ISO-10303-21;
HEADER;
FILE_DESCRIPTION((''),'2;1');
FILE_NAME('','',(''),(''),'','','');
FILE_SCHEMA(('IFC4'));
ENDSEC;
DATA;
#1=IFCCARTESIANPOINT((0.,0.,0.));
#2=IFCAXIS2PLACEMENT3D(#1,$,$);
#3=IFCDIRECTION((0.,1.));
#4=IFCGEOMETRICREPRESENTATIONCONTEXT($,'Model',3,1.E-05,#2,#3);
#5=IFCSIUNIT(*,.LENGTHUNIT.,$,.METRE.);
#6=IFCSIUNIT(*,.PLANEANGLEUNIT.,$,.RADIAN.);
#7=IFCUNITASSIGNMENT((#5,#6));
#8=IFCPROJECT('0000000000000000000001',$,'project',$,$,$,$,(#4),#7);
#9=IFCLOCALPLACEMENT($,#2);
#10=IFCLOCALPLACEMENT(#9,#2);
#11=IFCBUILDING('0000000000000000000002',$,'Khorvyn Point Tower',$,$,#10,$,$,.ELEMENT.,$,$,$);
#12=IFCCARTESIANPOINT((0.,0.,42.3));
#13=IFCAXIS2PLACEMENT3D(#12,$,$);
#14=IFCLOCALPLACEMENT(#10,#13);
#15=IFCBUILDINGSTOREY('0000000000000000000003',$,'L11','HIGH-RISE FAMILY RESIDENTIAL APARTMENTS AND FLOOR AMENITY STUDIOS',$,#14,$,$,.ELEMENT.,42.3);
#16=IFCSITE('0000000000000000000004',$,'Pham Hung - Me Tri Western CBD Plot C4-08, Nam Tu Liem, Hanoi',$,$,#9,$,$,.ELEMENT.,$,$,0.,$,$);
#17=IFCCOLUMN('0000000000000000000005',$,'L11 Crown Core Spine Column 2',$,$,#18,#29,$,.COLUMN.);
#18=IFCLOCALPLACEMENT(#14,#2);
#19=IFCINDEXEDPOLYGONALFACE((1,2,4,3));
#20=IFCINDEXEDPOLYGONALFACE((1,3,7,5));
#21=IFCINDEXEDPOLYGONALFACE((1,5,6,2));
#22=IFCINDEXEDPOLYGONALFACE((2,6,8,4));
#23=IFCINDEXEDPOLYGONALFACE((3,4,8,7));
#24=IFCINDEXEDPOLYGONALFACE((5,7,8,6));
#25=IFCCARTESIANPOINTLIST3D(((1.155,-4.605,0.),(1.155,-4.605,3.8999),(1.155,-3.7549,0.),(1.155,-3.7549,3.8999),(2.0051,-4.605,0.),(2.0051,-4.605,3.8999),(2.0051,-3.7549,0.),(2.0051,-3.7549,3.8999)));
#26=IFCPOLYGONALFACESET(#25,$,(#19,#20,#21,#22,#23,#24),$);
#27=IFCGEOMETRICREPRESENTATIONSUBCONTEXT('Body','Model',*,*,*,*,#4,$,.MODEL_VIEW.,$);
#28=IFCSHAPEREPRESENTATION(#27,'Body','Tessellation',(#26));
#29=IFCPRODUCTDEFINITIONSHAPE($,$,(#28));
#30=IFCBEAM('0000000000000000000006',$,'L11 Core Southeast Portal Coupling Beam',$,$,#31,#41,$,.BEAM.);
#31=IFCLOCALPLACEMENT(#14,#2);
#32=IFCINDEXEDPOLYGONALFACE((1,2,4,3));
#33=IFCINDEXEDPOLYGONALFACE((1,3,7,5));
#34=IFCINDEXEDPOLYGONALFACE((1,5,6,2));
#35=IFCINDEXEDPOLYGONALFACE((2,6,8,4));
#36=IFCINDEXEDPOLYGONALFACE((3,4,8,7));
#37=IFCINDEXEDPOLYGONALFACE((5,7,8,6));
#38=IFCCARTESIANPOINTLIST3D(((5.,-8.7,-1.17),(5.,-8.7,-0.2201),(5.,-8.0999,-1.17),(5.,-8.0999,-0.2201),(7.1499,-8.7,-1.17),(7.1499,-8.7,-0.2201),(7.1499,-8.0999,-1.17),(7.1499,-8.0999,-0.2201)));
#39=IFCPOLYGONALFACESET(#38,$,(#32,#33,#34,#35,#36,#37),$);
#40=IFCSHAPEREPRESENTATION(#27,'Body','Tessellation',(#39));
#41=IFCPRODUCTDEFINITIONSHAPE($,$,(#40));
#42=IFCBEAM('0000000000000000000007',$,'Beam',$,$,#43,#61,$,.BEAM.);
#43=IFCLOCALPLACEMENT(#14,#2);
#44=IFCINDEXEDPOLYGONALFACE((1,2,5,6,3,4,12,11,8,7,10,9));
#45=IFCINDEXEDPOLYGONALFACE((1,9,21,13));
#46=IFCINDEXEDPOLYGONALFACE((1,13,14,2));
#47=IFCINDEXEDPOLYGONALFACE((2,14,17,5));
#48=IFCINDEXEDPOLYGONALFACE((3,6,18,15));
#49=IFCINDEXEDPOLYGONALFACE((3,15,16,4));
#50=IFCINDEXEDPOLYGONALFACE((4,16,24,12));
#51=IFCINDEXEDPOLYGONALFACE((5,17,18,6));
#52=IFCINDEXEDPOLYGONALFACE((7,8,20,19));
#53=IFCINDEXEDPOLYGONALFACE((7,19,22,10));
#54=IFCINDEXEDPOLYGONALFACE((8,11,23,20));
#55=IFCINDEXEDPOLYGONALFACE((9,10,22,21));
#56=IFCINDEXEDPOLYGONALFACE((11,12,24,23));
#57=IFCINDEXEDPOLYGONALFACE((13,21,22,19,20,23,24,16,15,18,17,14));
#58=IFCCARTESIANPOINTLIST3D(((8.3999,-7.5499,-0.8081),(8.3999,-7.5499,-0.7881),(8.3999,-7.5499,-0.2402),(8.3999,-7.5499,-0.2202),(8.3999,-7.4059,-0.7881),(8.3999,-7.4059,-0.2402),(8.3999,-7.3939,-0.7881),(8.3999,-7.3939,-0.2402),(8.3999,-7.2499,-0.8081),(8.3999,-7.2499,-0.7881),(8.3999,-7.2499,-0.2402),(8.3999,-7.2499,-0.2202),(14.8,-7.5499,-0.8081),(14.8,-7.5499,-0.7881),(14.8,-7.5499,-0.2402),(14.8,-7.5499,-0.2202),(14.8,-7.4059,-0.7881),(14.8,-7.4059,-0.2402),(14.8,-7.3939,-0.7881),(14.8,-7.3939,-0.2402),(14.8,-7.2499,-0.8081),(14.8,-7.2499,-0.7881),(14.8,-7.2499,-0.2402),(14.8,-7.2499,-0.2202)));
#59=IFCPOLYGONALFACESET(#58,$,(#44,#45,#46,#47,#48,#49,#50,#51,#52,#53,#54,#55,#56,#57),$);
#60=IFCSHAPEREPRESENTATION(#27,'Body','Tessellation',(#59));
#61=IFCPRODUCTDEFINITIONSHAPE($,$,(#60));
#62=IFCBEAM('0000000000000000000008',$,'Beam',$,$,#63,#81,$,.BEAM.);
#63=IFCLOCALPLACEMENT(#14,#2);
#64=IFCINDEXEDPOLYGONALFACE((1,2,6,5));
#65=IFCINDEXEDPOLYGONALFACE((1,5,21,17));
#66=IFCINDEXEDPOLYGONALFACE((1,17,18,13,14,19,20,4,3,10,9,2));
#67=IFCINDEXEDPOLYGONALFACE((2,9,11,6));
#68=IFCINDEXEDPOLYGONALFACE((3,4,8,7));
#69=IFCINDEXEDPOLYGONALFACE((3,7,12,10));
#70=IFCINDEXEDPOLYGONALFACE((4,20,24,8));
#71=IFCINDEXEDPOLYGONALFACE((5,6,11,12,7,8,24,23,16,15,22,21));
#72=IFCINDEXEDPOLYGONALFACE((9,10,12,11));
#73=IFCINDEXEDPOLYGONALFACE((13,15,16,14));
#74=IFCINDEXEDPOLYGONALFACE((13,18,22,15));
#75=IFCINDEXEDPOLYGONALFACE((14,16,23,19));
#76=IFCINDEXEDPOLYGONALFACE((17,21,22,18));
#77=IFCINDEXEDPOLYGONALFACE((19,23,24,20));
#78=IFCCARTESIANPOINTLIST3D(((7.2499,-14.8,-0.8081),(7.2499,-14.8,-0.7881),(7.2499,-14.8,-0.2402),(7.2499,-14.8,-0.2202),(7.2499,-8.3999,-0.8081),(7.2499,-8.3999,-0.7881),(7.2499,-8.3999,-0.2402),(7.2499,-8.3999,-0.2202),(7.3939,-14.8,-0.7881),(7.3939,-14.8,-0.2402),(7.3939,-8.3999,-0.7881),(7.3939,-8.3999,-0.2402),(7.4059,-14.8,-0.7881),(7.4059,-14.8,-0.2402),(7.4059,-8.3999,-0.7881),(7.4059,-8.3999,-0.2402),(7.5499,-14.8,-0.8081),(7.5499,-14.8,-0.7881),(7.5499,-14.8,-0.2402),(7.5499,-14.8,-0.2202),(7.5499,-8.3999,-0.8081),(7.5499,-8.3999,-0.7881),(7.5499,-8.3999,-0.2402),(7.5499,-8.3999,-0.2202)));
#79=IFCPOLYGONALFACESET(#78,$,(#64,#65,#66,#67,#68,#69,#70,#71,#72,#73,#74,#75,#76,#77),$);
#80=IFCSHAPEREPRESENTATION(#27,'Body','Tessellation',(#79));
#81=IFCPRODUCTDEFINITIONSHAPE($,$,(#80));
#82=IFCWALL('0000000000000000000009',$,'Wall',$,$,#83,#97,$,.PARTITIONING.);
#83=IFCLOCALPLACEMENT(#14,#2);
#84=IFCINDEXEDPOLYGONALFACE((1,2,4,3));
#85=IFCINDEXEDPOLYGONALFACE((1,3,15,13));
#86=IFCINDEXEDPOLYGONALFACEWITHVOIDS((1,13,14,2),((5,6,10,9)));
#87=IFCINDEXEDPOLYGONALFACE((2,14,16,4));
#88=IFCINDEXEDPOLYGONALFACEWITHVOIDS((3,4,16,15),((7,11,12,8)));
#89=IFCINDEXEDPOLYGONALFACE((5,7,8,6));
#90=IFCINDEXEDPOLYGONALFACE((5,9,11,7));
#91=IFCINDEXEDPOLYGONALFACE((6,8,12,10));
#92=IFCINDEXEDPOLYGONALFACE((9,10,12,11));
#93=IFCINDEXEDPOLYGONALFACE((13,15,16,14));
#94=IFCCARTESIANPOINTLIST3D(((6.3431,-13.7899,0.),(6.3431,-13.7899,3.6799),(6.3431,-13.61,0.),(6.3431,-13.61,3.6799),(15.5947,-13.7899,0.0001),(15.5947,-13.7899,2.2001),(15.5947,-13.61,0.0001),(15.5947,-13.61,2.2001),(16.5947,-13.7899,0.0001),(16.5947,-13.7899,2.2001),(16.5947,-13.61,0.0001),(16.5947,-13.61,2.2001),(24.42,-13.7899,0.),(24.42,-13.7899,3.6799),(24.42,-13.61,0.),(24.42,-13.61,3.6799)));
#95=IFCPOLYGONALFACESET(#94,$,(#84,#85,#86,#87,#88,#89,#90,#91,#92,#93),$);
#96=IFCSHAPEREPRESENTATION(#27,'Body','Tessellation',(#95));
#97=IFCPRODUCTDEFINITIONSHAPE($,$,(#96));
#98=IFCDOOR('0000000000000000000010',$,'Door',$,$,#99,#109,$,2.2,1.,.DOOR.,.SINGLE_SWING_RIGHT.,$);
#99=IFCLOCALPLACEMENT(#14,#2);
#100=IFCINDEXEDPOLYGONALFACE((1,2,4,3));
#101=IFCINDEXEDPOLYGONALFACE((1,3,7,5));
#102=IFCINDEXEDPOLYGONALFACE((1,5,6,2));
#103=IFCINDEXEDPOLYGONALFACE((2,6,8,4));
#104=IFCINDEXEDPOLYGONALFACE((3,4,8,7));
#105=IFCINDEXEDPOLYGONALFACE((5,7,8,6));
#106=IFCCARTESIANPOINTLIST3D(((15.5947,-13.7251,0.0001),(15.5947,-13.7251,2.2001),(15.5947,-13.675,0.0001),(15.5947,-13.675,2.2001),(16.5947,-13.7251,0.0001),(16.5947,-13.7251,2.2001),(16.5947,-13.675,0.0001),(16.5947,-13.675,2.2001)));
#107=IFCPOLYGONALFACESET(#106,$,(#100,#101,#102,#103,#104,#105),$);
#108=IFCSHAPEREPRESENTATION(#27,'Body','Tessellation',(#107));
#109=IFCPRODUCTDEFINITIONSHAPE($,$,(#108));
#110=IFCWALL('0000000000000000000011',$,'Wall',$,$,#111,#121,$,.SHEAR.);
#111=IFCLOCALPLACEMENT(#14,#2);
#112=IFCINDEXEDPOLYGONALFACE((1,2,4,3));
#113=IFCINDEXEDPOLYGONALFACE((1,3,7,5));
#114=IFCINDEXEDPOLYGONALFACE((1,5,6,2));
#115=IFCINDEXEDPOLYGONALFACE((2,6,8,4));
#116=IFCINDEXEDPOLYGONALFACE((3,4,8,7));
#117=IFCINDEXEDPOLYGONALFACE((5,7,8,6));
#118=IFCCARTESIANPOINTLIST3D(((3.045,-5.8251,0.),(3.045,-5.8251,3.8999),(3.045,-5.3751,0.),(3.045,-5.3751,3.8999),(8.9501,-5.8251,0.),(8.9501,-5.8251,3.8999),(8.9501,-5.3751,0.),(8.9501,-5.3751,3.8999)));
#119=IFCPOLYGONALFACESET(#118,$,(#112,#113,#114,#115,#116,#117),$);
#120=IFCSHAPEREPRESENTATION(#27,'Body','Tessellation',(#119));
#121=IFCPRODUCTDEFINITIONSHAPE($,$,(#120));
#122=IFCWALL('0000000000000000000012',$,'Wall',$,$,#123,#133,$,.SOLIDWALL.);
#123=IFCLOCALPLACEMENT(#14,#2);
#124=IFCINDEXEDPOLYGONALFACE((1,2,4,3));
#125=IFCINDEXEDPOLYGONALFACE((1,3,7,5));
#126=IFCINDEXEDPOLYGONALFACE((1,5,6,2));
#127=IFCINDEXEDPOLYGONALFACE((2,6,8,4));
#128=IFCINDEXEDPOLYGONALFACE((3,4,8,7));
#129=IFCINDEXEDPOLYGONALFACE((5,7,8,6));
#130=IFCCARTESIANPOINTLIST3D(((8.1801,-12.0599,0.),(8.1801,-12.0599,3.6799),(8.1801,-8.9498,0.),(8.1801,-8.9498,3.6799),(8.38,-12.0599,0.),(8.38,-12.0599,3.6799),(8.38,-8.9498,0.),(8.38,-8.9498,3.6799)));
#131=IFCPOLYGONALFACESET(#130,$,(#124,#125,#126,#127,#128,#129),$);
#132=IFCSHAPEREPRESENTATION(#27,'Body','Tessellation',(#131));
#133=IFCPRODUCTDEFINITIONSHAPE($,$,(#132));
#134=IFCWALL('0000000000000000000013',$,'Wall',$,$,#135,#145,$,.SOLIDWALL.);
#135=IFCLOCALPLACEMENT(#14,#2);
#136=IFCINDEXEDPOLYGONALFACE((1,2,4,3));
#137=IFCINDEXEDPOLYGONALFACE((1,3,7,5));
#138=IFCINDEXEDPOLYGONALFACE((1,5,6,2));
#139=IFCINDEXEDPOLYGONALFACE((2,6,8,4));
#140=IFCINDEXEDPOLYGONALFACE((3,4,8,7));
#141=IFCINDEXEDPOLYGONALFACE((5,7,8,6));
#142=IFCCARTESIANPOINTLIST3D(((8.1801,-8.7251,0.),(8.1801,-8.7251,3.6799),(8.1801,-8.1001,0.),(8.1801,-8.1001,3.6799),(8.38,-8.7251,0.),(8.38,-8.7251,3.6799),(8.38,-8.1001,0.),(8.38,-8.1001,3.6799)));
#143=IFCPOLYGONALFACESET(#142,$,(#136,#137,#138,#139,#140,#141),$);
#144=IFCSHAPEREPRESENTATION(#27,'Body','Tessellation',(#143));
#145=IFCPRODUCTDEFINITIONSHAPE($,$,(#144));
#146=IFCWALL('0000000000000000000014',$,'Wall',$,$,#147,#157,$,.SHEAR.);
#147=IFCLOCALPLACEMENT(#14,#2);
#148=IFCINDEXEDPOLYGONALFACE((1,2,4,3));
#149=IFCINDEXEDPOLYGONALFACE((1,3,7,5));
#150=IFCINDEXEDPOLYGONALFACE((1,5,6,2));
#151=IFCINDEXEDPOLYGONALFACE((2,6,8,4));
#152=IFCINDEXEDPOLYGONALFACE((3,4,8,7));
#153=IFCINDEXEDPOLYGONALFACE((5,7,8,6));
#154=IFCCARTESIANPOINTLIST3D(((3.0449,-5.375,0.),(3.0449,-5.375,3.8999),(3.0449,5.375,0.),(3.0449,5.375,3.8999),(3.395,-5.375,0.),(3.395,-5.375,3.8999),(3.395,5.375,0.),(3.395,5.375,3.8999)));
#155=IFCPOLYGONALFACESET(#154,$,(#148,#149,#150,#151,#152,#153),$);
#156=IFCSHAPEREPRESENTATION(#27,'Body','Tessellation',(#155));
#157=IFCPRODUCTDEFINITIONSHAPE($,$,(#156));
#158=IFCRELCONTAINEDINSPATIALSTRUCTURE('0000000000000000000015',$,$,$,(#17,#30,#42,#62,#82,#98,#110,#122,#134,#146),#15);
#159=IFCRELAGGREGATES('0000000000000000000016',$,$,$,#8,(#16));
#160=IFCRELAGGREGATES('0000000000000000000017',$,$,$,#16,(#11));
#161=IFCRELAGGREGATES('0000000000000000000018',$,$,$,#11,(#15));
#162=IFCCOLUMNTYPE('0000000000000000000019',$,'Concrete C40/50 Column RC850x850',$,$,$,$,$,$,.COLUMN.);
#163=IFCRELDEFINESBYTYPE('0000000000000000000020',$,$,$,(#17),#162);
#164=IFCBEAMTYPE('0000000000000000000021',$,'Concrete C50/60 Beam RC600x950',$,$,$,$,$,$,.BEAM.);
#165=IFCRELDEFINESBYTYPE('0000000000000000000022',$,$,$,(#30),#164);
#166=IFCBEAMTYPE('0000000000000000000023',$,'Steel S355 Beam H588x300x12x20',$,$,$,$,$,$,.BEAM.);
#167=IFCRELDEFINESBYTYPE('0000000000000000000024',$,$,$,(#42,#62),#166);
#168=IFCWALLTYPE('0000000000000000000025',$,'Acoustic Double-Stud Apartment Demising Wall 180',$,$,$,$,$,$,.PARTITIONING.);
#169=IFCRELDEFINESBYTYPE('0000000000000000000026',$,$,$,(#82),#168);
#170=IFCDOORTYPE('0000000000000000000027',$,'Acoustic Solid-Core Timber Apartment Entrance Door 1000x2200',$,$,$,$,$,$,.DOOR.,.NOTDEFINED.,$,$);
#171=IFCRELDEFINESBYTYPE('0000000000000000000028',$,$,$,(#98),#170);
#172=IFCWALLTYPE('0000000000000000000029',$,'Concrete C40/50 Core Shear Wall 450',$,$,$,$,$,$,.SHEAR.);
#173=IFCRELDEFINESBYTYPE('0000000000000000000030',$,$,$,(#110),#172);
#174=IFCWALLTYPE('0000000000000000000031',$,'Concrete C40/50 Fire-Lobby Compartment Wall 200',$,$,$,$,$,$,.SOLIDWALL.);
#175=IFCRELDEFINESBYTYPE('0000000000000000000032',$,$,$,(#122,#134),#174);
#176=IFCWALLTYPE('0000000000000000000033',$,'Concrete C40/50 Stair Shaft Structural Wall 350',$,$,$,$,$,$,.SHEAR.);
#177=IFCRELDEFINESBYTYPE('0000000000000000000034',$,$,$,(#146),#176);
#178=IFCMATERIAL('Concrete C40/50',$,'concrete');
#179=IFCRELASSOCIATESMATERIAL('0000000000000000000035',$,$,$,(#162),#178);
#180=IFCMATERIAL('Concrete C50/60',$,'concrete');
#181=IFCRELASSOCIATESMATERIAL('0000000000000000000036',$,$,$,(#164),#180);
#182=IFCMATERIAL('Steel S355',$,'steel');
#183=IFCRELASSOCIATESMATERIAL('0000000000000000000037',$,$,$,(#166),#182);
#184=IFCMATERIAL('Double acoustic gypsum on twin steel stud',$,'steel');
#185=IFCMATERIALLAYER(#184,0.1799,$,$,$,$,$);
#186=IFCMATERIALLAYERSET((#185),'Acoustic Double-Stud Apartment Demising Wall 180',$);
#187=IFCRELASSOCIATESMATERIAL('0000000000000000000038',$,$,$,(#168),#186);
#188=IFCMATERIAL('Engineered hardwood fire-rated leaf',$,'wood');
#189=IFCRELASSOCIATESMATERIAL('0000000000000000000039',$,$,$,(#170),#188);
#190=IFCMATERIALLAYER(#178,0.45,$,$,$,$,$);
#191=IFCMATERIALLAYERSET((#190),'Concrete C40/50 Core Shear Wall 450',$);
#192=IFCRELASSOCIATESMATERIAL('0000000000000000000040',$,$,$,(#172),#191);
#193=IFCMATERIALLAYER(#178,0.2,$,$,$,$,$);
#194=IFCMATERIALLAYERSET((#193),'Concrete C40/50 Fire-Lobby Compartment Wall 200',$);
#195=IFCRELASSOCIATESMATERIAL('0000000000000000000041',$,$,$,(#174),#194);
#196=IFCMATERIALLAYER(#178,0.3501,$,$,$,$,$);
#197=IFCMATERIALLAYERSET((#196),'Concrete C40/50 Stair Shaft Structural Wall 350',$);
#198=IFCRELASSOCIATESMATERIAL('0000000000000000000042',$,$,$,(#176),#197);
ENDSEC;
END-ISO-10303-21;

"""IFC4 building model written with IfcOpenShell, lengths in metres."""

from ifc_helpers import new_model, si_unit, direction, frame, frame_2d, origin, origin_2d, place, context, subcontext, project, spatial, rectangle, i_section, extrude, material, layer, layer_set, material_profile, profile_set, type_object, element, fill, save


model = new_model("IFC4")

# Units and contexts
model_context = context("Model", 3, precision=1e-05, world=origin(), true_north=direction((0.0, 1.0)))
body_context = subcontext(model_context, "Body", "Model", "MODEL_VIEW")
ifc_project = project(units=[si_unit("LENGTHUNIT", "METRE"), si_unit("PLANEANGLEUNIT", "RADIAN")], contexts=[model_context])

# Site, building, storey
site_placement = place(None, origin())
site = spatial("IfcSite", under=ifc_project, at=site_placement, Name="Pham Hung - Me Tri Western CBD Plot C4-08, Nam Tu Liem, Hanoi", CompositionType="ELEMENT", RefElevation=0.0)
building_placement = place(site_placement, origin())
building = spatial("IfcBuilding", under=site, at=building_placement, Name="Khorvyn Point Tower", CompositionType="ELEMENT")
storey_placement = place(building_placement, frame((0.0, 0.0, 42.3)))
storey = spatial("IfcBuildingStorey", under=building, at=storey_placement, Name="L11", Description="HIGH-RISE FAMILY RESIDENTIAL APARTMENTS AND FLOOR AMENITY STUDIOS", CompositionType="ELEMENT", Elevation=42.3)

# Column
ifc_material_1 = material(Name="Concrete C40/50", Category="concrete")
ifc_material_profile_1 = material_profile(ifc_material_1, rectangle(XDim=0.8501, YDim=0.8501, at=origin_2d()))
ifc_profile_set_1 = profile_set([ifc_material_profile_1], Name="Concrete C40/50 RC850x850")
column_type = type_object("IfcColumnType", Name="Concrete C40/50 Column RC850x850", PredefinedType="COLUMN", material=ifc_profile_set_1)
column_placement = place(storey_placement, frame((1.5801, -4.1799, 0.0), z_axis=(0.0, 0.0, 1.0), x_axis=(1.0, 0.0, 0.0)))
element("IfcColumn", 1, at=column_placement, inside=storey, type_object=column_type, Name="L11 Crown Core Spine Column 2", PredefinedType="COLUMN", context=body_context, shape_type="SweptSolid", body=[
    extrude(rectangle(XDim=0.8501, YDim=0.8501, at=origin_2d()), origin(), (0.0, 0.0, 1.0), 3.8999),
])

# Beams
ifc_material_2 = material(Name="Concrete C50/60", Category="concrete")
ifc_material_profile_2 = material_profile(ifc_material_2, rectangle(XDim=0.6001, YDim=0.95, at=origin_2d()))
ifc_profile_set_2 = profile_set([ifc_material_profile_2], Name="Concrete C50/60 RC600x950")
beam_type_1 = type_object("IfcBeamType", Name="Concrete C50/60 Beam RC600x950", PredefinedType="BEAM", material=ifc_profile_set_2)
beam_placement = place(storey_placement, frame((5.0, -8.3999, -0.6951), z_axis=(1.0, 0.0, 0.0), x_axis=(0.0, 1.0, 0.0)))
element("IfcBeam", 2, at=beam_placement, inside=storey, type_object=beam_type_1, Name="L11 Core Southeast Portal Coupling Beam", PredefinedType="BEAM", context=body_context, shape_type="SweptSolid", body=[
    extrude(rectangle(XDim=0.6001, YDim=0.95, at=origin_2d()), origin(), (0.0, 0.0, 1.0), 2.1499),
])
ifc_material_3 = material(Name="Steel S355", Category="steel")
ifc_material_profile_3 = material_profile(ifc_material_3, i_section(OverallWidth=0.3, OverallDepth=0.5879, WebThickness=0.012, FlangeThickness=0.02, at=origin_2d()))
ifc_profile_set_3 = profile_set([ifc_material_profile_3], Name="Steel S355 H588x300x12x20")
beam_type_2 = type_object("IfcBeamType", Name="Steel S355 Beam H588x300x12x20", PredefinedType="BEAM", material=ifc_profile_set_3)
for number, where, z_axis, x_axis, name in (
    (3, (8.3999, -7.3999, -0.5142), (1.0, 0.0, 0.0), (0.0, 1.0, 0.0), "Beam"),
    (4, (7.3999, -14.8, -0.5142), (0.0, 1.0, 0.0), (-1.0, 0.0, 0.0), "Beam"),
):
    element("IfcBeam", number, at=place(storey_placement, frame(where, z_axis=z_axis, x_axis=x_axis)), inside=storey, type_object=beam_type_2, Name=name, PredefinedType="BEAM", context=body_context, shape_type="SweptSolid", body=[
        extrude(i_section(OverallWidth=0.3, OverallDepth=0.5879, WebThickness=0.012, FlangeThickness=0.02, at=origin_2d()), origin(), (0.0, 0.0, 1.0), 6.4001),
    ])

# Wall, opening, door
ifc_material_4 = material(Name="Double acoustic gypsum on twin steel stud", Category="steel")
ifc_layer_1 = layer(ifc_material_4, 0.1799)
ifc_layer_set_1 = layer_set([ifc_layer_1], Name="Acoustic Double-Stud Apartment Demising Wall 180")
wall_type_1 = type_object("IfcWallType", Name="Acoustic Double-Stud Apartment Demising Wall 180", PredefinedType="PARTITIONING", material=ifc_layer_set_1)
wall_1_placement = place(storey_placement, frame((6.343, -13.7, 0.0), z_axis=(0.0, 0.0, 1.0), x_axis=(1.0, 0.0, 0.0)))
wall_1 = element("IfcWall", 5, at=wall_1_placement, inside=storey, type_object=wall_type_1, Name="Wall", PredefinedType="PARTITIONING", context=body_context, shape_type="SweptSolid", body=[
    extrude(rectangle(XDim=18.0769, YDim=0.1799, at=frame_2d((9.0386, 0.0))), origin(), (0.0, 0.0, 1.0), 3.6799),
])
opening_1_placement = place(wall_1_placement, frame((9.2517, 0.0, 0.0)))
opening_1 = element("IfcOpeningElement", 6, at=opening_1_placement, cuts=wall_1, PredefinedType="OPENING", context=body_context, shape_type="SweptSolid", body=[
    extrude(rectangle(XDim=1.0, YDim=2.2, at=frame_2d((0.5, 1.1001))), frame((0.0, 0.0999, 0.0), z_axis=(0.0, -1.0, 0.0), x_axis=(1.0, 0.0, 0.0)), (0.0, 0.0, 1.0), 0.2),
])
ifc_material_5 = material(Name="Engineered hardwood fire-rated leaf", Category="wood")
door_type_1 = type_object("IfcDoorType", Name="Acoustic Solid-Core Timber Apartment Entrance Door 1000x2200", OperationType="NOTDEFINED", PredefinedType="DOOR", material=ifc_material_5)
door_1_placement = place(opening_1_placement, origin())
door_1 = element("IfcDoor", 7, at=door_1_placement, inside=storey, type_object=door_type_1, Name="Door", OperationType="SINGLE_SWING_RIGHT", OverallHeight=2.2, OverallWidth=1.0, PredefinedType="DOOR", context=body_context, shape_type="SweptSolid", body=[
    extrude(rectangle(XDim=1.0, YDim=2.2, at=frame_2d((0.5, 1.1001))), frame((0.0, 0.0249, 0.0), z_axis=(0.0, -1.0, 0.0), x_axis=(1.0, 0.0, 0.0)), (0.0, 0.0, 1.0), 0.05),
])
fill(opening_1, door_1)

# Wall
ifc_layer_2 = layer(ifc_material_1, 0.45)
ifc_layer_set_2 = layer_set([ifc_layer_2], Name="Concrete C40/50 Core Shear Wall 450")
wall_type_2 = type_object("IfcWallType", Name="Concrete C40/50 Core Shear Wall 450", PredefinedType="SHEAR", material=ifc_layer_set_2)
wall_2_placement = place(storey_placement, frame((3.0449, -5.6001, 0.0), z_axis=(0.0, 0.0, 1.0), x_axis=(1.0, 0.0, 0.0)))
element("IfcWall", 8, at=wall_2_placement, inside=storey, type_object=wall_type_2, Name="Wall", PredefinedType="SHEAR", context=body_context, shape_type="SweptSolid", body=[
    extrude(rectangle(XDim=5.905, YDim=0.45, at=frame_2d((2.9526, 0.0))), origin(), (0.0, 0.0, 1.0), 3.8999),
])

# Shared definitions
ifc_layer_3 = layer(ifc_material_1, 0.2)
ifc_layer_set_3 = layer_set([ifc_layer_3], Name="Concrete C40/50 Fire-Lobby Compartment Wall 200")
wall_type_3 = type_object("IfcWallType", Name="Concrete C40/50 Fire-Lobby Compartment Wall 200", PredefinedType="SOLIDWALL", material=ifc_layer_set_3)

# Walls
wall_3_placement = place(storey_placement, frame((8.28, -12.0601, 0.0), z_axis=(0.0, 0.0, 1.0), x_axis=(0.0, 1.0, 0.0)))
element("IfcWall", 9, at=wall_3_placement, inside=storey, type_object=wall_type_3, Name="Wall", PredefinedType="SOLIDWALL", context=body_context, shape_type="SweptSolid", body=[
    extrude(rectangle(XDim=3.1101, YDim=0.2, at=frame_2d((1.5552, 0.0))), origin(), (0.0, 0.0, 1.0), 3.6799),
])
wall_4_placement = place(storey_placement, frame((8.28, -8.7251, 0.0), z_axis=(0.0, 0.0, 1.0), x_axis=(0.0, 1.0, 0.0)))
element("IfcWall", 10, at=wall_4_placement, inside=storey, type_object=wall_type_3, Name="Wall", PredefinedType="SOLIDWALL", context=body_context, shape_type="SweptSolid", body=[
    extrude(rectangle(XDim=0.625, YDim=0.2, at=frame_2d((0.3125, 0.0))), origin(), (0.0, 0.0, 1.0), 3.6799),
])
ifc_layer_4 = layer(ifc_material_1, 0.3501)
ifc_layer_set_4 = layer_set([ifc_layer_4], Name="Concrete C40/50 Stair Shaft Structural Wall 350")
wall_type_4 = type_object("IfcWallType", Name="Concrete C40/50 Stair Shaft Structural Wall 350", PredefinedType="SHEAR", material=ifc_layer_set_4)
wall_5_placement = place(storey_placement, frame((3.22, -5.375, 0.0), z_axis=(0.0, 0.0, 1.0), x_axis=(0.0, 1.0, 0.0)))
element("IfcWall", 11, at=wall_5_placement, inside=storey, type_object=wall_type_4, Name="Wall", PredefinedType="SHEAR", context=body_context, shape_type="SweptSolid", body=[
    extrude(rectangle(XDim=10.75, YDim=0.3501, at=frame_2d((5.375, 0.0))), origin(), (0.0, 0.0, 1.0), 3.8999),
])

save(model, "model.ifc")
